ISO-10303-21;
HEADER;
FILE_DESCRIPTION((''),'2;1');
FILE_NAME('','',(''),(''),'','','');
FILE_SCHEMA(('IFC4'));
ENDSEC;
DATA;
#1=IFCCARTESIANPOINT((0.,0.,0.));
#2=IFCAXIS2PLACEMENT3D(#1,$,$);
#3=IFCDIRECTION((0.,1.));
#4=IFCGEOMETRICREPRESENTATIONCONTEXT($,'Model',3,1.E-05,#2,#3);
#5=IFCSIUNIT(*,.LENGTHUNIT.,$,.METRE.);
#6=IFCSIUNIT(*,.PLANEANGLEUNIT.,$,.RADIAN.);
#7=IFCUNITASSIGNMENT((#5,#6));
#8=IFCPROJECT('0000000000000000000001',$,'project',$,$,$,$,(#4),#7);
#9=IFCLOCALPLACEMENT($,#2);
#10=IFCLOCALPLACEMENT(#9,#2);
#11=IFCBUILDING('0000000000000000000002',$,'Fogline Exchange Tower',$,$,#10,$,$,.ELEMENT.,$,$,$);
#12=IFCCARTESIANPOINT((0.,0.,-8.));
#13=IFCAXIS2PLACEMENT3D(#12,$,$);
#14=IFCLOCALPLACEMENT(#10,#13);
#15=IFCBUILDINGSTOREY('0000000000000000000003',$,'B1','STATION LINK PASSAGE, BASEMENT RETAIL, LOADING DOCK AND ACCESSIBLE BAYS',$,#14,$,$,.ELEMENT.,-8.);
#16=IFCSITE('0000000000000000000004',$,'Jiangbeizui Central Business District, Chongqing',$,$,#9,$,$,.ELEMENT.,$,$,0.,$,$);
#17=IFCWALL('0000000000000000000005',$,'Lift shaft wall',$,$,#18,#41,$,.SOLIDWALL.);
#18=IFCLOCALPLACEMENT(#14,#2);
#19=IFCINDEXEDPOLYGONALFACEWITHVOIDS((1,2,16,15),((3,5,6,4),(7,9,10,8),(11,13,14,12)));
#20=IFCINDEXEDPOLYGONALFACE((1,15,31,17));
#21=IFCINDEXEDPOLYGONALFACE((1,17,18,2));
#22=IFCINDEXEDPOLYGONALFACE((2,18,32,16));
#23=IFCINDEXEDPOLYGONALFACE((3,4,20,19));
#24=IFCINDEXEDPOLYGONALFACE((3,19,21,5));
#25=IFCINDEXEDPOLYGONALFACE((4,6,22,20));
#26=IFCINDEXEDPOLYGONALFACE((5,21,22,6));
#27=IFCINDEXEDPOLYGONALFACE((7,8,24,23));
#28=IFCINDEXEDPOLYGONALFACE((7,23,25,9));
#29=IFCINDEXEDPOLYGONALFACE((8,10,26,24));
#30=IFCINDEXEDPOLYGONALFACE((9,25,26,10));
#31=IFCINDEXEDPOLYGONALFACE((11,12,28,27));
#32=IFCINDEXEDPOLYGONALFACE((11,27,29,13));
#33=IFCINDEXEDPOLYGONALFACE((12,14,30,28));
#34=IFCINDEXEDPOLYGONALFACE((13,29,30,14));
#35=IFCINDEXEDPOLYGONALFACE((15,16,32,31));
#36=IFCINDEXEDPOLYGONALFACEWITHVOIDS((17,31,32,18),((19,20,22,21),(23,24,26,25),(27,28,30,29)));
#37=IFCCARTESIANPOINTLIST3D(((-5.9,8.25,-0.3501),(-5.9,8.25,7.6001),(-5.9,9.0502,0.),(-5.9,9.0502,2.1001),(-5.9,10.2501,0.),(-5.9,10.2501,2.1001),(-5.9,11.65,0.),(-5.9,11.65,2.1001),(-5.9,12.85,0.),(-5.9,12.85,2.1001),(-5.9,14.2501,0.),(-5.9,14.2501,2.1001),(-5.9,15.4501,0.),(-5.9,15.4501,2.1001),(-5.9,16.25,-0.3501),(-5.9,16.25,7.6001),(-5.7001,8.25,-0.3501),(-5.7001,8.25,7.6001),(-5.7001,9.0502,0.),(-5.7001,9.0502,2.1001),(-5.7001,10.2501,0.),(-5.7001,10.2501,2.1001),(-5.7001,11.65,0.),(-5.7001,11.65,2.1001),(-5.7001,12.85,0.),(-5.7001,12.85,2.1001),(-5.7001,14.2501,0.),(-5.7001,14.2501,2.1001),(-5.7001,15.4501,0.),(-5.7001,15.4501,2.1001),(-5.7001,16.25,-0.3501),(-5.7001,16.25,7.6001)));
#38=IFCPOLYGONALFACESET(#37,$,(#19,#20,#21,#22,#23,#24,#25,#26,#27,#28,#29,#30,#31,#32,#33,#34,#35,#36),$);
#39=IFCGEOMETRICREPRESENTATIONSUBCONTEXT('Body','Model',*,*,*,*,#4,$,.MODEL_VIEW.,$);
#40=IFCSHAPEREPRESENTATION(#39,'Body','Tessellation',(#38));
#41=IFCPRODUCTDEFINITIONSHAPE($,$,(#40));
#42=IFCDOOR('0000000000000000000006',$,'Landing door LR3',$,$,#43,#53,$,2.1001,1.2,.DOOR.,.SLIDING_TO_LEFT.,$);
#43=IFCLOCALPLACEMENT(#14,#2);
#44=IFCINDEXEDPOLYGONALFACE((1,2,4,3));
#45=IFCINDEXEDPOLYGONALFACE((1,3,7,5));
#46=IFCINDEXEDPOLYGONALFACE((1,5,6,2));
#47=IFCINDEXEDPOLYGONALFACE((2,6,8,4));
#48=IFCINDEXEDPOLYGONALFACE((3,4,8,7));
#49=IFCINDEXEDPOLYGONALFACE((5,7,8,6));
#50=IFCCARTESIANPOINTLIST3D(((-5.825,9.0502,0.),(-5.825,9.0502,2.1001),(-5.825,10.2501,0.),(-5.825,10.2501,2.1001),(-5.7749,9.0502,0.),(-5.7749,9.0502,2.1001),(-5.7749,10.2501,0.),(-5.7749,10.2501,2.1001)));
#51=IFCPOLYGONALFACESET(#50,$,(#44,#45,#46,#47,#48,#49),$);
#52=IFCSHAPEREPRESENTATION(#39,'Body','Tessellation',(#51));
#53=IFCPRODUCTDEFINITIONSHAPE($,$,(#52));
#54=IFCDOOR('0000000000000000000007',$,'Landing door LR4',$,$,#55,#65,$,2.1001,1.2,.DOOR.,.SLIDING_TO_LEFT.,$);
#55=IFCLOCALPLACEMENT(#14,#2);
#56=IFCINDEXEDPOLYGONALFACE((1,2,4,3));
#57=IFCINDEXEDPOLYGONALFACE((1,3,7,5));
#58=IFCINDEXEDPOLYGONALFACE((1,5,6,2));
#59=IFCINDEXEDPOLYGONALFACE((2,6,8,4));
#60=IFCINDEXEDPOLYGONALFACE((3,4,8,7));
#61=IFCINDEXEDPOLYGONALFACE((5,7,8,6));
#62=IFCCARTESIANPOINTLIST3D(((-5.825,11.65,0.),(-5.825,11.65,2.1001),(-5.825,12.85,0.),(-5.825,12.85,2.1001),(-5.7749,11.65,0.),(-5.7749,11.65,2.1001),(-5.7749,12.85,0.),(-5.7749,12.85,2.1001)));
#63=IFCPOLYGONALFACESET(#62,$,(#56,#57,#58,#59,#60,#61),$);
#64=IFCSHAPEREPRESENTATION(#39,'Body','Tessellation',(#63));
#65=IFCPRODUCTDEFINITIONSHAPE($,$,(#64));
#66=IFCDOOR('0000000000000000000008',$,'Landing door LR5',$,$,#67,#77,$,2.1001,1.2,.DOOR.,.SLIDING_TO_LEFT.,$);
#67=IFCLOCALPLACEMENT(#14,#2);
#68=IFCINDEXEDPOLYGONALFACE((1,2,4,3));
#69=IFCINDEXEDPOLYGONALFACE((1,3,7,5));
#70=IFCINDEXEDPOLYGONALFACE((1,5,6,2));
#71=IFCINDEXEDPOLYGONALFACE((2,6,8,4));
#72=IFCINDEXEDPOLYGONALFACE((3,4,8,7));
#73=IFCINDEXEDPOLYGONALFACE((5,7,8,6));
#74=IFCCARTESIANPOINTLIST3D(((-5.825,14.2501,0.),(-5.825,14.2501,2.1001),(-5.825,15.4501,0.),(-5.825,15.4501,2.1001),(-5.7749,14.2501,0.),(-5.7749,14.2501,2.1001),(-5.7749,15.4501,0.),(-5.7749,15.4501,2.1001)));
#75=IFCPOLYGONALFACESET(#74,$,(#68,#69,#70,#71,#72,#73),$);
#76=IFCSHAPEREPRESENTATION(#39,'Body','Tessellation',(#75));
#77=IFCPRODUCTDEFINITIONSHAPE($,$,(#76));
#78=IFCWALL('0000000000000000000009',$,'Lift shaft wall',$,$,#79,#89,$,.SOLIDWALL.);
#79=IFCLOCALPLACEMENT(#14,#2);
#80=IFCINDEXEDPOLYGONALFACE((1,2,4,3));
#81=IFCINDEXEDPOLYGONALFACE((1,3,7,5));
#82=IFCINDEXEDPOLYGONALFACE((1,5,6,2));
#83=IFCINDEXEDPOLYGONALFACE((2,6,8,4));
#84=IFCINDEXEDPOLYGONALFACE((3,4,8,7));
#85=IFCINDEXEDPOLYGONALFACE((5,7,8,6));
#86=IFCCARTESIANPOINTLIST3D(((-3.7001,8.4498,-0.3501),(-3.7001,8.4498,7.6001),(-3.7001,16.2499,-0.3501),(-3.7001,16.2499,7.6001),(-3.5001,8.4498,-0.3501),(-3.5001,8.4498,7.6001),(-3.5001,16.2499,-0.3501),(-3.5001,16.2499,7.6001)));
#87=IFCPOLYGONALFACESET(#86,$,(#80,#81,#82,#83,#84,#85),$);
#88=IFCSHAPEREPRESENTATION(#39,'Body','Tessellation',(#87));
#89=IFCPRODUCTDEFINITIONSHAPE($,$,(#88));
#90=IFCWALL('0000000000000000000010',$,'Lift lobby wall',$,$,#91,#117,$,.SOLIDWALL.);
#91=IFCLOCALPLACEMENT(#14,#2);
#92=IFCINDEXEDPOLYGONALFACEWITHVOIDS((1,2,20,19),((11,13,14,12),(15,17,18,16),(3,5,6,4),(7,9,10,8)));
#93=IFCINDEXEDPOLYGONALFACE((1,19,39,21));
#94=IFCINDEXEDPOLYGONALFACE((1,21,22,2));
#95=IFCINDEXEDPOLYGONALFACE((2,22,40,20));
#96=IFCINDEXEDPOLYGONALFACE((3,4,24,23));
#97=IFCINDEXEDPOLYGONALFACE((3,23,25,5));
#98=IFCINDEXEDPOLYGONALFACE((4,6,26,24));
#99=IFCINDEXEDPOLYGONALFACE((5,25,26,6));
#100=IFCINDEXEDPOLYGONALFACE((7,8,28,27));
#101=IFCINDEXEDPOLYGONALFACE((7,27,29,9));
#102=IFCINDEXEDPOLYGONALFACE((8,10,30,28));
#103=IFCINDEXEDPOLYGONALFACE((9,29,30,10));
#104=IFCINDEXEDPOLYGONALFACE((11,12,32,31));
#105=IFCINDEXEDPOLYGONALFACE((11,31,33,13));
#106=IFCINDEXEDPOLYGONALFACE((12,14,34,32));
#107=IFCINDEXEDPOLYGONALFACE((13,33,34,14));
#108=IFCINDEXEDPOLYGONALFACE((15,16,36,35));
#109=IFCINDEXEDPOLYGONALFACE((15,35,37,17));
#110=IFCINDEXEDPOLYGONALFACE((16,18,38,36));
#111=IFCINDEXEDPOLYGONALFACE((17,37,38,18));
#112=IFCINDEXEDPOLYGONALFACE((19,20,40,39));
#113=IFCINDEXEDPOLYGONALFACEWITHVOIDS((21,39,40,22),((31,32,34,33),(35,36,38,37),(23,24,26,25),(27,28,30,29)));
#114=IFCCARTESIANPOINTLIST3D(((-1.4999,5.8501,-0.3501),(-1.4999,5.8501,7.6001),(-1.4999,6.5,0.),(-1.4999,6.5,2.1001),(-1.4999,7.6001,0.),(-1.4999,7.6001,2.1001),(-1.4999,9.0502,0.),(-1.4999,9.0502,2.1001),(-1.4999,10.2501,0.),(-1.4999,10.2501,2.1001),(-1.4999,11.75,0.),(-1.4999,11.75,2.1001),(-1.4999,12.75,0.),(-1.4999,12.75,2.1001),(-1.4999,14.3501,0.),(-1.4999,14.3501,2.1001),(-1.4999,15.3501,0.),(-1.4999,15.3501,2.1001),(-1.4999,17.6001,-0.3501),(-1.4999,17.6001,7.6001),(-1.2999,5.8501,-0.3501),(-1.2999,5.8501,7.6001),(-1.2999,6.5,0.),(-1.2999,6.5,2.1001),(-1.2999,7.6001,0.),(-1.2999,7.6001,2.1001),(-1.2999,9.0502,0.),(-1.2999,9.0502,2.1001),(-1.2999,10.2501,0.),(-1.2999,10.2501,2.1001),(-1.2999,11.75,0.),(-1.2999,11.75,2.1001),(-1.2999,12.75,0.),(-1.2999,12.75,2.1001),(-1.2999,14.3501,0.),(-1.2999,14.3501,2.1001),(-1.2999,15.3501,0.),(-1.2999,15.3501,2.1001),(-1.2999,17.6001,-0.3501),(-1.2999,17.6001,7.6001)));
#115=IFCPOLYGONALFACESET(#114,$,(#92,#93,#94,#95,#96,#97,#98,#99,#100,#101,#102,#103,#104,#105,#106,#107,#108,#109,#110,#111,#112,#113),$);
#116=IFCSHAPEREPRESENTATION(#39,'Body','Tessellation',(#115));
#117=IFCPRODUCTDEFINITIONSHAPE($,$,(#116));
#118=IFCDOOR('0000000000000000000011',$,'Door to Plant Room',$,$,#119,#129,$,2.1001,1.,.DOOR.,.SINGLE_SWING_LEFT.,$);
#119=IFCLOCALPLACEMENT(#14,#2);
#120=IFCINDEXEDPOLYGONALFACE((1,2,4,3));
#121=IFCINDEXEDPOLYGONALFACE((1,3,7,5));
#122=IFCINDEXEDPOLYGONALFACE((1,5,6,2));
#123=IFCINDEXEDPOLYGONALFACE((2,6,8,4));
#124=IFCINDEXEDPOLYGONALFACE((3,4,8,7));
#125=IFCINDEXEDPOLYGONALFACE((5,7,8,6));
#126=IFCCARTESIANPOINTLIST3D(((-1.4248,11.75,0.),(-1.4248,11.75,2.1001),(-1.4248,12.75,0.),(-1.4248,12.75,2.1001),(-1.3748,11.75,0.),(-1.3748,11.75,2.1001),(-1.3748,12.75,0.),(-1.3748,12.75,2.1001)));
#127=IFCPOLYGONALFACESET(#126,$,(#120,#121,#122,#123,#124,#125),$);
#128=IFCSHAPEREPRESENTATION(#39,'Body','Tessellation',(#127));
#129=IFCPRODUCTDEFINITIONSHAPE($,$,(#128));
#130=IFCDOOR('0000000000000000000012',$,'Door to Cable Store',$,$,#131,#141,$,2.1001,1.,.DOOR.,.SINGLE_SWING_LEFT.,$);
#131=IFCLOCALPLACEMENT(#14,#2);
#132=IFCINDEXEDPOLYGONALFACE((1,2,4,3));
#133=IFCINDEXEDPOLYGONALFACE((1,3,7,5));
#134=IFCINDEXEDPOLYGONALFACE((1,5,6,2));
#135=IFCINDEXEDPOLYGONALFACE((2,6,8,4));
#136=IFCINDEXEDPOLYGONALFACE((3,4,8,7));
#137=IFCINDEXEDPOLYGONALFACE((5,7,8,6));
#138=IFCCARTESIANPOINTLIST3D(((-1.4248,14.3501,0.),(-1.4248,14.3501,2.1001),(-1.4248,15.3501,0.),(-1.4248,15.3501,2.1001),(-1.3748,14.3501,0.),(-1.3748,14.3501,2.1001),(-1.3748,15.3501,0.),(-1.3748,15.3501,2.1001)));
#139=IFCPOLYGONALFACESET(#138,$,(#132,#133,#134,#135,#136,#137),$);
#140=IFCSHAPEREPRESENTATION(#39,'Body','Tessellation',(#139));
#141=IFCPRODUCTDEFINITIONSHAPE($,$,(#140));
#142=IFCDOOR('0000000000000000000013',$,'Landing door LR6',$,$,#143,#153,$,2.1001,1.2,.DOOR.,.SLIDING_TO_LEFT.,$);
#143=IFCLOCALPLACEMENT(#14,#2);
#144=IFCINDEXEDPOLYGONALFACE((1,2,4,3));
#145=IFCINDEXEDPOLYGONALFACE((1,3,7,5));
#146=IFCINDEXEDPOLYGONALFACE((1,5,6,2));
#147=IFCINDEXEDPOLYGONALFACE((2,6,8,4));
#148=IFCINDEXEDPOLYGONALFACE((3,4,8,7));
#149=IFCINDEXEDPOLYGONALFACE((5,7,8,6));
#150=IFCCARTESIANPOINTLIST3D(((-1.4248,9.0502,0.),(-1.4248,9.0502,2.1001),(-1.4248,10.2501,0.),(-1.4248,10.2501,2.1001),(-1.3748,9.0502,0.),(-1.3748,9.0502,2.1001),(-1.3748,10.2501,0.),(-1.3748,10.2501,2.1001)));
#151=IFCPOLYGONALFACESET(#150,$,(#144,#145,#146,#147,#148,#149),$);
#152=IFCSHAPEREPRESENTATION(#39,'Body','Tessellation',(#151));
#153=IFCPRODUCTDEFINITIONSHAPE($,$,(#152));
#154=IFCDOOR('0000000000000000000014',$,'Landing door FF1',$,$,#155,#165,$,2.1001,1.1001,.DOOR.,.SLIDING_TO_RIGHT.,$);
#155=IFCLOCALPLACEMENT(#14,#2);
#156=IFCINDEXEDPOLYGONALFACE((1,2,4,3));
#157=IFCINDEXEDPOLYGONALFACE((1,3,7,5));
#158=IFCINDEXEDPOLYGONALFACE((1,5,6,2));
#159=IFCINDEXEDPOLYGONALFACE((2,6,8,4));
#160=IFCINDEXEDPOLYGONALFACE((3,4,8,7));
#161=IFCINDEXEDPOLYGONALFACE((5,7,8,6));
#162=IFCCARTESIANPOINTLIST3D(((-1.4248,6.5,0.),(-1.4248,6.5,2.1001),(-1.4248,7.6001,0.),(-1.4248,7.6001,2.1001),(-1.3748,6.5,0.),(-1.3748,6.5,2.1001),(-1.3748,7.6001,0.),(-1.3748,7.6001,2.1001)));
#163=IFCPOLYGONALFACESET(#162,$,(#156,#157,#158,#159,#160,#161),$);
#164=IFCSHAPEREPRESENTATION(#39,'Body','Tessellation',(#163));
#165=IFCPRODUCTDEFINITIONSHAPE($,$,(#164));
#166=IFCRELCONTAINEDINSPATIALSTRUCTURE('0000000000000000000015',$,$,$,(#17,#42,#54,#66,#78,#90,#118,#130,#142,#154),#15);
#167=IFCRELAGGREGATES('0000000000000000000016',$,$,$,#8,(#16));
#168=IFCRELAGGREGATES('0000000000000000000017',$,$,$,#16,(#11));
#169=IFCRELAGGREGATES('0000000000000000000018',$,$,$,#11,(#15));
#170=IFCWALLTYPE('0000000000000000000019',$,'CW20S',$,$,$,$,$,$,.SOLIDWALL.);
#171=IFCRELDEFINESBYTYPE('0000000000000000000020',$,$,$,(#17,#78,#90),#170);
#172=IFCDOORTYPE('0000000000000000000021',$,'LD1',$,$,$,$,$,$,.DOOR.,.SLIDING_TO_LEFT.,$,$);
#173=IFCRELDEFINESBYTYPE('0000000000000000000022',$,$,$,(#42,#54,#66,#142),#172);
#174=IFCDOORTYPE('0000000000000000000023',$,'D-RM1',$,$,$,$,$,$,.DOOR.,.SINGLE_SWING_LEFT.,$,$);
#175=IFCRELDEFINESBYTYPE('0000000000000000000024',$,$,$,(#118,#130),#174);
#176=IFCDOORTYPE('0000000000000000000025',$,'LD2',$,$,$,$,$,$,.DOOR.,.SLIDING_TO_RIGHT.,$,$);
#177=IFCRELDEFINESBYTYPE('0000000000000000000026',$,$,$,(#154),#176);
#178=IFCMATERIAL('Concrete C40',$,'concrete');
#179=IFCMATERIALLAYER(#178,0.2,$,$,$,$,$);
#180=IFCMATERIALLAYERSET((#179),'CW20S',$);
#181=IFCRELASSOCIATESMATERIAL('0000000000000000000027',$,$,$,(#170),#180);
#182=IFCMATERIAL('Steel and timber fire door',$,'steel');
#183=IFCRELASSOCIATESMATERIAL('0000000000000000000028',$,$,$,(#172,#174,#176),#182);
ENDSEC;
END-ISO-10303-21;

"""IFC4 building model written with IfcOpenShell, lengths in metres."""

from ifc_helpers import new_model, si_unit, direction, frame, frame_2d, origin, place, context, subcontext, project, spatial, rectangle, extrude, material, layer, layer_set, type_object, element, fill, save


model = new_model("IFC4")

# Units and contexts
model_context = context("Model", 3, precision=1e-05, world=origin(), true_north=direction((0.0, 1.0)))
body_context = subcontext(model_context, "Body", "Model", "MODEL_VIEW")
ifc_project = project(units=[si_unit("LENGTHUNIT", "METRE"), si_unit("PLANEANGLEUNIT", "RADIAN")], contexts=[model_context])

# Site, building, storey
site_placement = place(None, origin())
site = spatial("IfcSite", under=ifc_project, at=site_placement, Name="Jiangbeizui Central Business District, Chongqing", CompositionType="ELEMENT", RefElevation=0.0)
building_placement = place(site_placement, origin())
building = spatial("IfcBuilding", under=site, at=building_placement, Name="Fogline Exchange Tower", CompositionType="ELEMENT")
storey_placement = place(building_placement, frame((0.0, 0.0, -8.0)))
storey = spatial("IfcBuildingStorey", under=building, at=storey_placement, Name="B1", Description="STATION LINK PASSAGE, BASEMENT RETAIL, LOADING DOCK AND ACCESSIBLE BAYS", CompositionType="ELEMENT", Elevation=-8.0)

# Shared definitions
ifc_material_1 = material(Name="Steel and timber fire door", Category="steel")

# Shared definitions
ifc_material_2 = material(Name="Concrete C40", Category="concrete")

# Wall, openings, doors
ifc_layer_1 = layer(ifc_material_2, 0.2)
ifc_layer_set_1 = layer_set([ifc_layer_1], Name="CW20S")
wall_type_1 = type_object("IfcWallType", Name="CW20S", PredefinedType="SOLIDWALL", material=ifc_layer_set_1)
wall_1_placement = place(storey_placement, frame((-5.8, 8.25, -0.3501), z_axis=(0.0, 0.0, 1.0), x_axis=(0.0, 1.0, 0.0)))
wall_1 = element("IfcWall", 1, at=wall_1_placement, inside=storey, type_object=wall_type_1, Name="Lift shaft wall", PredefinedType="SOLIDWALL", context=body_context, shape_type="SweptSolid", body=[
    extrude(rectangle(XDim=8.0, YDim=0.2, at=frame_2d((4.0, 0.0))), origin(), (0.0, 0.0, 1.0), 7.9502),
])
opening_1_placement = place(wall_1_placement, frame((0.8, 0.0, 0.3501)))
opening_1 = element("IfcOpeningElement", 2, at=opening_1_placement, cuts=wall_1, PredefinedType="OPENING", context=body_context, shape_type="SweptSolid", body=[
    extrude(rectangle(XDim=1.2, YDim=2.1001, at=frame_2d((0.6001, 1.05))), frame((0.0, 0.1099, 0.0), z_axis=(0.0, -1.0, 0.0), x_axis=(1.0, 0.0, 0.0)), (0.0, 0.0, 1.0), 0.22),
])
opening_2_placement = place(wall_1_placement, frame((3.3999, 0.0, 0.3501)))
opening_2 = element("IfcOpeningElement", 3, at=opening_2_placement, cuts=wall_1, PredefinedType="OPENING", context=body_context, shape_type="SweptSolid", body=[
    extrude(rectangle(XDim=1.2, YDim=2.1001, at=frame_2d((0.6001, 1.05))), frame((0.0, 0.1099, 0.0), z_axis=(0.0, -1.0, 0.0), x_axis=(1.0, 0.0, 0.0)), (0.0, 0.0, 1.0), 0.22),
])
opening_3_placement = place(wall_1_placement, frame((6.0, 0.0, 0.3501)))
opening_3 = element("IfcOpeningElement", 4, at=opening_3_placement, cuts=wall_1, PredefinedType="OPENING", context=body_context, shape_type="SweptSolid", body=[
    extrude(rectangle(XDim=1.2, YDim=2.1001, at=frame_2d((0.6001, 1.05))), frame((0.0, 0.1099, 0.0), z_axis=(0.0, -1.0, 0.0), x_axis=(1.0, 0.0, 0.0)), (0.0, 0.0, 1.0), 0.22),
])
door_type_1 = type_object("IfcDoorType", Name="LD1", OperationType="SLIDING_TO_LEFT", PredefinedType="DOOR", material=ifc_material_1)
door_1_placement = place(opening_1_placement, origin())
door_1 = element("IfcDoor", 5, at=door_1_placement, inside=storey, type_object=door_type_1, Name="Landing door LR3", OperationType="SLIDING_TO_LEFT", OverallHeight=2.1001, OverallWidth=1.2, PredefinedType="DOOR", context=body_context, shape_type="SweptSolid", body=[
    extrude(rectangle(XDim=1.2, YDim=2.1001, at=frame_2d((0.6001, 1.05))), frame((0.0, 0.0249, 0.0), z_axis=(0.0, -1.0, 0.0), x_axis=(1.0, 0.0, 0.0)), (0.0, 0.0, 1.0), 0.05),
])
fill(opening_1, door_1)
door_2_placement = place(opening_2_placement, origin())
door_2 = element("IfcDoor", 6, at=door_2_placement, inside=storey, type_object=door_type_1, Name="Landing door LR4", OperationType="SLIDING_TO_LEFT", OverallHeight=2.1001, OverallWidth=1.2, PredefinedType="DOOR", context=body_context, shape_type="SweptSolid", body=[
    extrude(rectangle(XDim=1.2, YDim=2.1001, at=frame_2d((0.6001, 1.05))), frame((0.0, 0.0249, 0.0), z_axis=(0.0, -1.0, 0.0), x_axis=(1.0, 0.0, 0.0)), (0.0, 0.0, 1.0), 0.05),
])
fill(opening_2, door_2)
door_3_placement = place(opening_3_placement, origin())
door_3 = element("IfcDoor", 7, at=door_3_placement, inside=storey, type_object=door_type_1, Name="Landing door LR5", OperationType="SLIDING_TO_LEFT", OverallHeight=2.1001, OverallWidth=1.2, PredefinedType="DOOR", context=body_context, shape_type="SweptSolid", body=[
    extrude(rectangle(XDim=1.2, YDim=2.1001, at=frame_2d((0.6001, 1.05))), frame((0.0, 0.0249, 0.0), z_axis=(0.0, -1.0, 0.0), x_axis=(1.0, 0.0, 0.0)), (0.0, 0.0, 1.0), 0.05),
])
fill(opening_3, door_3)

# Wall
wall_2_placement = place(storey_placement, frame((-3.6001, 8.45, -0.3501), z_axis=(0.0, 0.0, 1.0), x_axis=(0.0, 1.0, 0.0)))
element("IfcWall", 8, at=wall_2_placement, inside=storey, type_object=wall_type_1, Name="Lift shaft wall", PredefinedType="SOLIDWALL", context=body_context, shape_type="SweptSolid", body=[
    extrude(rectangle(XDim=7.8, YDim=0.2, at=frame_2d((3.8999, 0.0))), origin(), (0.0, 0.0, 1.0), 7.9502),
])

# Wall, openings, doors
wall_3_placement = place(storey_placement, frame((-1.3999, 5.8501, -0.3501), z_axis=(0.0, 0.0, 1.0), x_axis=(0.0, 1.0, 0.0)))
wall_3 = element("IfcWall", 9, at=wall_3_placement, inside=storey, type_object=wall_type_1, Name="Lift lobby wall", PredefinedType="SOLIDWALL", context=body_context, shape_type="SweptSolid", body=[
    extrude(rectangle(XDim=11.75, YDim=0.2, at=frame_2d((5.875, 0.0))), origin(), (0.0, 0.0, 1.0), 7.9502),
])
opening_4_placement = place(wall_3_placement, frame((3.2, 0.0, 0.3501)))
opening_4 = element("IfcOpeningElement", 10, at=opening_4_placement, cuts=wall_3, PredefinedType="OPENING", context=body_context, shape_type="SweptSolid", body=[
    extrude(rectangle(XDim=1.2, YDim=2.1001, at=frame_2d((0.6001, 1.05))), frame((0.0, 0.1099, 0.0), z_axis=(0.0, -1.0, 0.0), x_axis=(1.0, 0.0, 0.0)), (0.0, 0.0, 1.0), 0.22),
])
opening_5_placement = place(wall_3_placement, frame((0.6499, 0.0, 0.3501)))
opening_5 = element("IfcOpeningElement", 11, at=opening_5_placement, cuts=wall_3, PredefinedType="OPENING", context=body_context, shape_type="SweptSolid", body=[
    extrude(rectangle(XDim=1.1001, YDim=2.1001, at=frame_2d((0.55, 1.05))), frame((0.0, 0.1099, 0.0), z_axis=(0.0, -1.0, 0.0), x_axis=(1.0, 0.0, 0.0)), (0.0, 0.0, 1.0), 0.22),
])
opening_6_placement = place(wall_3_placement, frame((5.8999, 0.0, 0.3501)))
opening_6 = element("IfcOpeningElement", 12, at=opening_6_placement, cuts=wall_3, PredefinedType="OPENING", context=body_context, shape_type="SweptSolid", body=[
    extrude(rectangle(XDim=1.0, YDim=2.1001, at=frame_2d((0.5, 1.05))), frame((0.0, 0.1099, 0.0), z_axis=(0.0, -1.0, 0.0), x_axis=(1.0, 0.0, 0.0)), (0.0, 0.0, 1.0), 0.22),
])
opening_7_placement = place(wall_3_placement, frame((8.5, 0.0, 0.3501)))
opening_7 = element("IfcOpeningElement", 13, at=opening_7_placement, cuts=wall_3, PredefinedType="OPENING", context=body_context, shape_type="SweptSolid", body=[
    extrude(rectangle(XDim=1.0, YDim=2.1001, at=frame_2d((0.5, 1.05))), frame((0.0, 0.1099, 0.0), z_axis=(0.0, -1.0, 0.0), x_axis=(1.0, 0.0, 0.0)), (0.0, 0.0, 1.0), 0.22),
])
door_type_2 = type_object("IfcDoorType", Name="D-RM1", OperationType="SINGLE_SWING_LEFT", PredefinedType="DOOR", material=ifc_material_1)
door_4_placement = place(opening_6_placement, origin())
door_4 = element("IfcDoor", 14, at=door_4_placement, inside=storey, type_object=door_type_2, Name="Door to Plant Room", OperationType="SINGLE_SWING_LEFT", OverallHeight=2.1001, OverallWidth=1.0, PredefinedType="DOOR", context=body_context, shape_type="SweptSolid", body=[
    extrude(rectangle(XDim=1.0, YDim=2.1001, at=frame_2d((0.5, 1.05))), frame((0.0, 0.0249, 0.0), z_axis=(0.0, -1.0, 0.0), x_axis=(1.0, 0.0, 0.0)), (0.0, 0.0, 1.0), 0.05),
])
fill(opening_6, door_4)
door_5_placement = place(opening_7_placement, origin())
door_5 = element("IfcDoor", 15, at=door_5_placement, inside=storey, type_object=door_type_2, Name="Door to Cable Store", OperationType="SINGLE_SWING_LEFT", OverallHeight=2.1001, OverallWidth=1.0, PredefinedType="DOOR", context=body_context, shape_type="SweptSolid", body=[
    extrude(rectangle(XDim=1.0, YDim=2.1001, at=frame_2d((0.5, 1.05))), frame((0.0, 0.0249, 0.0), z_axis=(0.0, -1.0, 0.0), x_axis=(1.0, 0.0, 0.0)), (0.0, 0.0, 1.0), 0.05),
])
fill(opening_7, door_5)
door_6_placement = place(opening_4_placement, origin())
door_6 = element("IfcDoor", 16, at=door_6_placement, inside=storey, type_object=door_type_1, Name="Landing door LR6", OperationType="SLIDING_TO_LEFT", OverallHeight=2.1001, OverallWidth=1.2, PredefinedType="DOOR", context=body_context, shape_type="SweptSolid", body=[
    extrude(rectangle(XDim=1.2, YDim=2.1001, at=frame_2d((0.6001, 1.05))), frame((0.0, 0.0249, 0.0), z_axis=(0.0, -1.0, 0.0), x_axis=(1.0, 0.0, 0.0)), (0.0, 0.0, 1.0), 0.05),
])
fill(opening_4, door_6)
door_type_3 = type_object("IfcDoorType", Name="LD2", OperationType="SLIDING_TO_RIGHT", PredefinedType="DOOR", material=ifc_material_1)
door_7_placement = place(opening_5_placement, origin())
door_7 = element("IfcDoor", 17, at=door_7_placement, inside=storey, type_object=door_type_3, Name="Landing door FF1", OperationType="SLIDING_TO_RIGHT", OverallHeight=2.1001, OverallWidth=1.1001, PredefinedType="DOOR", context=body_context, shape_type="SweptSolid", body=[
    extrude(rectangle(XDim=1.1001, YDim=2.1001, at=frame_2d((0.55, 1.05))), frame((0.0, 0.0249, 0.0), z_axis=(0.0, -1.0, 0.0), x_axis=(1.0, 0.0, 0.0)), (0.0, 0.0, 1.0), 0.05),
])
fill(opening_5, door_7)

save(model, "model.ifc")
